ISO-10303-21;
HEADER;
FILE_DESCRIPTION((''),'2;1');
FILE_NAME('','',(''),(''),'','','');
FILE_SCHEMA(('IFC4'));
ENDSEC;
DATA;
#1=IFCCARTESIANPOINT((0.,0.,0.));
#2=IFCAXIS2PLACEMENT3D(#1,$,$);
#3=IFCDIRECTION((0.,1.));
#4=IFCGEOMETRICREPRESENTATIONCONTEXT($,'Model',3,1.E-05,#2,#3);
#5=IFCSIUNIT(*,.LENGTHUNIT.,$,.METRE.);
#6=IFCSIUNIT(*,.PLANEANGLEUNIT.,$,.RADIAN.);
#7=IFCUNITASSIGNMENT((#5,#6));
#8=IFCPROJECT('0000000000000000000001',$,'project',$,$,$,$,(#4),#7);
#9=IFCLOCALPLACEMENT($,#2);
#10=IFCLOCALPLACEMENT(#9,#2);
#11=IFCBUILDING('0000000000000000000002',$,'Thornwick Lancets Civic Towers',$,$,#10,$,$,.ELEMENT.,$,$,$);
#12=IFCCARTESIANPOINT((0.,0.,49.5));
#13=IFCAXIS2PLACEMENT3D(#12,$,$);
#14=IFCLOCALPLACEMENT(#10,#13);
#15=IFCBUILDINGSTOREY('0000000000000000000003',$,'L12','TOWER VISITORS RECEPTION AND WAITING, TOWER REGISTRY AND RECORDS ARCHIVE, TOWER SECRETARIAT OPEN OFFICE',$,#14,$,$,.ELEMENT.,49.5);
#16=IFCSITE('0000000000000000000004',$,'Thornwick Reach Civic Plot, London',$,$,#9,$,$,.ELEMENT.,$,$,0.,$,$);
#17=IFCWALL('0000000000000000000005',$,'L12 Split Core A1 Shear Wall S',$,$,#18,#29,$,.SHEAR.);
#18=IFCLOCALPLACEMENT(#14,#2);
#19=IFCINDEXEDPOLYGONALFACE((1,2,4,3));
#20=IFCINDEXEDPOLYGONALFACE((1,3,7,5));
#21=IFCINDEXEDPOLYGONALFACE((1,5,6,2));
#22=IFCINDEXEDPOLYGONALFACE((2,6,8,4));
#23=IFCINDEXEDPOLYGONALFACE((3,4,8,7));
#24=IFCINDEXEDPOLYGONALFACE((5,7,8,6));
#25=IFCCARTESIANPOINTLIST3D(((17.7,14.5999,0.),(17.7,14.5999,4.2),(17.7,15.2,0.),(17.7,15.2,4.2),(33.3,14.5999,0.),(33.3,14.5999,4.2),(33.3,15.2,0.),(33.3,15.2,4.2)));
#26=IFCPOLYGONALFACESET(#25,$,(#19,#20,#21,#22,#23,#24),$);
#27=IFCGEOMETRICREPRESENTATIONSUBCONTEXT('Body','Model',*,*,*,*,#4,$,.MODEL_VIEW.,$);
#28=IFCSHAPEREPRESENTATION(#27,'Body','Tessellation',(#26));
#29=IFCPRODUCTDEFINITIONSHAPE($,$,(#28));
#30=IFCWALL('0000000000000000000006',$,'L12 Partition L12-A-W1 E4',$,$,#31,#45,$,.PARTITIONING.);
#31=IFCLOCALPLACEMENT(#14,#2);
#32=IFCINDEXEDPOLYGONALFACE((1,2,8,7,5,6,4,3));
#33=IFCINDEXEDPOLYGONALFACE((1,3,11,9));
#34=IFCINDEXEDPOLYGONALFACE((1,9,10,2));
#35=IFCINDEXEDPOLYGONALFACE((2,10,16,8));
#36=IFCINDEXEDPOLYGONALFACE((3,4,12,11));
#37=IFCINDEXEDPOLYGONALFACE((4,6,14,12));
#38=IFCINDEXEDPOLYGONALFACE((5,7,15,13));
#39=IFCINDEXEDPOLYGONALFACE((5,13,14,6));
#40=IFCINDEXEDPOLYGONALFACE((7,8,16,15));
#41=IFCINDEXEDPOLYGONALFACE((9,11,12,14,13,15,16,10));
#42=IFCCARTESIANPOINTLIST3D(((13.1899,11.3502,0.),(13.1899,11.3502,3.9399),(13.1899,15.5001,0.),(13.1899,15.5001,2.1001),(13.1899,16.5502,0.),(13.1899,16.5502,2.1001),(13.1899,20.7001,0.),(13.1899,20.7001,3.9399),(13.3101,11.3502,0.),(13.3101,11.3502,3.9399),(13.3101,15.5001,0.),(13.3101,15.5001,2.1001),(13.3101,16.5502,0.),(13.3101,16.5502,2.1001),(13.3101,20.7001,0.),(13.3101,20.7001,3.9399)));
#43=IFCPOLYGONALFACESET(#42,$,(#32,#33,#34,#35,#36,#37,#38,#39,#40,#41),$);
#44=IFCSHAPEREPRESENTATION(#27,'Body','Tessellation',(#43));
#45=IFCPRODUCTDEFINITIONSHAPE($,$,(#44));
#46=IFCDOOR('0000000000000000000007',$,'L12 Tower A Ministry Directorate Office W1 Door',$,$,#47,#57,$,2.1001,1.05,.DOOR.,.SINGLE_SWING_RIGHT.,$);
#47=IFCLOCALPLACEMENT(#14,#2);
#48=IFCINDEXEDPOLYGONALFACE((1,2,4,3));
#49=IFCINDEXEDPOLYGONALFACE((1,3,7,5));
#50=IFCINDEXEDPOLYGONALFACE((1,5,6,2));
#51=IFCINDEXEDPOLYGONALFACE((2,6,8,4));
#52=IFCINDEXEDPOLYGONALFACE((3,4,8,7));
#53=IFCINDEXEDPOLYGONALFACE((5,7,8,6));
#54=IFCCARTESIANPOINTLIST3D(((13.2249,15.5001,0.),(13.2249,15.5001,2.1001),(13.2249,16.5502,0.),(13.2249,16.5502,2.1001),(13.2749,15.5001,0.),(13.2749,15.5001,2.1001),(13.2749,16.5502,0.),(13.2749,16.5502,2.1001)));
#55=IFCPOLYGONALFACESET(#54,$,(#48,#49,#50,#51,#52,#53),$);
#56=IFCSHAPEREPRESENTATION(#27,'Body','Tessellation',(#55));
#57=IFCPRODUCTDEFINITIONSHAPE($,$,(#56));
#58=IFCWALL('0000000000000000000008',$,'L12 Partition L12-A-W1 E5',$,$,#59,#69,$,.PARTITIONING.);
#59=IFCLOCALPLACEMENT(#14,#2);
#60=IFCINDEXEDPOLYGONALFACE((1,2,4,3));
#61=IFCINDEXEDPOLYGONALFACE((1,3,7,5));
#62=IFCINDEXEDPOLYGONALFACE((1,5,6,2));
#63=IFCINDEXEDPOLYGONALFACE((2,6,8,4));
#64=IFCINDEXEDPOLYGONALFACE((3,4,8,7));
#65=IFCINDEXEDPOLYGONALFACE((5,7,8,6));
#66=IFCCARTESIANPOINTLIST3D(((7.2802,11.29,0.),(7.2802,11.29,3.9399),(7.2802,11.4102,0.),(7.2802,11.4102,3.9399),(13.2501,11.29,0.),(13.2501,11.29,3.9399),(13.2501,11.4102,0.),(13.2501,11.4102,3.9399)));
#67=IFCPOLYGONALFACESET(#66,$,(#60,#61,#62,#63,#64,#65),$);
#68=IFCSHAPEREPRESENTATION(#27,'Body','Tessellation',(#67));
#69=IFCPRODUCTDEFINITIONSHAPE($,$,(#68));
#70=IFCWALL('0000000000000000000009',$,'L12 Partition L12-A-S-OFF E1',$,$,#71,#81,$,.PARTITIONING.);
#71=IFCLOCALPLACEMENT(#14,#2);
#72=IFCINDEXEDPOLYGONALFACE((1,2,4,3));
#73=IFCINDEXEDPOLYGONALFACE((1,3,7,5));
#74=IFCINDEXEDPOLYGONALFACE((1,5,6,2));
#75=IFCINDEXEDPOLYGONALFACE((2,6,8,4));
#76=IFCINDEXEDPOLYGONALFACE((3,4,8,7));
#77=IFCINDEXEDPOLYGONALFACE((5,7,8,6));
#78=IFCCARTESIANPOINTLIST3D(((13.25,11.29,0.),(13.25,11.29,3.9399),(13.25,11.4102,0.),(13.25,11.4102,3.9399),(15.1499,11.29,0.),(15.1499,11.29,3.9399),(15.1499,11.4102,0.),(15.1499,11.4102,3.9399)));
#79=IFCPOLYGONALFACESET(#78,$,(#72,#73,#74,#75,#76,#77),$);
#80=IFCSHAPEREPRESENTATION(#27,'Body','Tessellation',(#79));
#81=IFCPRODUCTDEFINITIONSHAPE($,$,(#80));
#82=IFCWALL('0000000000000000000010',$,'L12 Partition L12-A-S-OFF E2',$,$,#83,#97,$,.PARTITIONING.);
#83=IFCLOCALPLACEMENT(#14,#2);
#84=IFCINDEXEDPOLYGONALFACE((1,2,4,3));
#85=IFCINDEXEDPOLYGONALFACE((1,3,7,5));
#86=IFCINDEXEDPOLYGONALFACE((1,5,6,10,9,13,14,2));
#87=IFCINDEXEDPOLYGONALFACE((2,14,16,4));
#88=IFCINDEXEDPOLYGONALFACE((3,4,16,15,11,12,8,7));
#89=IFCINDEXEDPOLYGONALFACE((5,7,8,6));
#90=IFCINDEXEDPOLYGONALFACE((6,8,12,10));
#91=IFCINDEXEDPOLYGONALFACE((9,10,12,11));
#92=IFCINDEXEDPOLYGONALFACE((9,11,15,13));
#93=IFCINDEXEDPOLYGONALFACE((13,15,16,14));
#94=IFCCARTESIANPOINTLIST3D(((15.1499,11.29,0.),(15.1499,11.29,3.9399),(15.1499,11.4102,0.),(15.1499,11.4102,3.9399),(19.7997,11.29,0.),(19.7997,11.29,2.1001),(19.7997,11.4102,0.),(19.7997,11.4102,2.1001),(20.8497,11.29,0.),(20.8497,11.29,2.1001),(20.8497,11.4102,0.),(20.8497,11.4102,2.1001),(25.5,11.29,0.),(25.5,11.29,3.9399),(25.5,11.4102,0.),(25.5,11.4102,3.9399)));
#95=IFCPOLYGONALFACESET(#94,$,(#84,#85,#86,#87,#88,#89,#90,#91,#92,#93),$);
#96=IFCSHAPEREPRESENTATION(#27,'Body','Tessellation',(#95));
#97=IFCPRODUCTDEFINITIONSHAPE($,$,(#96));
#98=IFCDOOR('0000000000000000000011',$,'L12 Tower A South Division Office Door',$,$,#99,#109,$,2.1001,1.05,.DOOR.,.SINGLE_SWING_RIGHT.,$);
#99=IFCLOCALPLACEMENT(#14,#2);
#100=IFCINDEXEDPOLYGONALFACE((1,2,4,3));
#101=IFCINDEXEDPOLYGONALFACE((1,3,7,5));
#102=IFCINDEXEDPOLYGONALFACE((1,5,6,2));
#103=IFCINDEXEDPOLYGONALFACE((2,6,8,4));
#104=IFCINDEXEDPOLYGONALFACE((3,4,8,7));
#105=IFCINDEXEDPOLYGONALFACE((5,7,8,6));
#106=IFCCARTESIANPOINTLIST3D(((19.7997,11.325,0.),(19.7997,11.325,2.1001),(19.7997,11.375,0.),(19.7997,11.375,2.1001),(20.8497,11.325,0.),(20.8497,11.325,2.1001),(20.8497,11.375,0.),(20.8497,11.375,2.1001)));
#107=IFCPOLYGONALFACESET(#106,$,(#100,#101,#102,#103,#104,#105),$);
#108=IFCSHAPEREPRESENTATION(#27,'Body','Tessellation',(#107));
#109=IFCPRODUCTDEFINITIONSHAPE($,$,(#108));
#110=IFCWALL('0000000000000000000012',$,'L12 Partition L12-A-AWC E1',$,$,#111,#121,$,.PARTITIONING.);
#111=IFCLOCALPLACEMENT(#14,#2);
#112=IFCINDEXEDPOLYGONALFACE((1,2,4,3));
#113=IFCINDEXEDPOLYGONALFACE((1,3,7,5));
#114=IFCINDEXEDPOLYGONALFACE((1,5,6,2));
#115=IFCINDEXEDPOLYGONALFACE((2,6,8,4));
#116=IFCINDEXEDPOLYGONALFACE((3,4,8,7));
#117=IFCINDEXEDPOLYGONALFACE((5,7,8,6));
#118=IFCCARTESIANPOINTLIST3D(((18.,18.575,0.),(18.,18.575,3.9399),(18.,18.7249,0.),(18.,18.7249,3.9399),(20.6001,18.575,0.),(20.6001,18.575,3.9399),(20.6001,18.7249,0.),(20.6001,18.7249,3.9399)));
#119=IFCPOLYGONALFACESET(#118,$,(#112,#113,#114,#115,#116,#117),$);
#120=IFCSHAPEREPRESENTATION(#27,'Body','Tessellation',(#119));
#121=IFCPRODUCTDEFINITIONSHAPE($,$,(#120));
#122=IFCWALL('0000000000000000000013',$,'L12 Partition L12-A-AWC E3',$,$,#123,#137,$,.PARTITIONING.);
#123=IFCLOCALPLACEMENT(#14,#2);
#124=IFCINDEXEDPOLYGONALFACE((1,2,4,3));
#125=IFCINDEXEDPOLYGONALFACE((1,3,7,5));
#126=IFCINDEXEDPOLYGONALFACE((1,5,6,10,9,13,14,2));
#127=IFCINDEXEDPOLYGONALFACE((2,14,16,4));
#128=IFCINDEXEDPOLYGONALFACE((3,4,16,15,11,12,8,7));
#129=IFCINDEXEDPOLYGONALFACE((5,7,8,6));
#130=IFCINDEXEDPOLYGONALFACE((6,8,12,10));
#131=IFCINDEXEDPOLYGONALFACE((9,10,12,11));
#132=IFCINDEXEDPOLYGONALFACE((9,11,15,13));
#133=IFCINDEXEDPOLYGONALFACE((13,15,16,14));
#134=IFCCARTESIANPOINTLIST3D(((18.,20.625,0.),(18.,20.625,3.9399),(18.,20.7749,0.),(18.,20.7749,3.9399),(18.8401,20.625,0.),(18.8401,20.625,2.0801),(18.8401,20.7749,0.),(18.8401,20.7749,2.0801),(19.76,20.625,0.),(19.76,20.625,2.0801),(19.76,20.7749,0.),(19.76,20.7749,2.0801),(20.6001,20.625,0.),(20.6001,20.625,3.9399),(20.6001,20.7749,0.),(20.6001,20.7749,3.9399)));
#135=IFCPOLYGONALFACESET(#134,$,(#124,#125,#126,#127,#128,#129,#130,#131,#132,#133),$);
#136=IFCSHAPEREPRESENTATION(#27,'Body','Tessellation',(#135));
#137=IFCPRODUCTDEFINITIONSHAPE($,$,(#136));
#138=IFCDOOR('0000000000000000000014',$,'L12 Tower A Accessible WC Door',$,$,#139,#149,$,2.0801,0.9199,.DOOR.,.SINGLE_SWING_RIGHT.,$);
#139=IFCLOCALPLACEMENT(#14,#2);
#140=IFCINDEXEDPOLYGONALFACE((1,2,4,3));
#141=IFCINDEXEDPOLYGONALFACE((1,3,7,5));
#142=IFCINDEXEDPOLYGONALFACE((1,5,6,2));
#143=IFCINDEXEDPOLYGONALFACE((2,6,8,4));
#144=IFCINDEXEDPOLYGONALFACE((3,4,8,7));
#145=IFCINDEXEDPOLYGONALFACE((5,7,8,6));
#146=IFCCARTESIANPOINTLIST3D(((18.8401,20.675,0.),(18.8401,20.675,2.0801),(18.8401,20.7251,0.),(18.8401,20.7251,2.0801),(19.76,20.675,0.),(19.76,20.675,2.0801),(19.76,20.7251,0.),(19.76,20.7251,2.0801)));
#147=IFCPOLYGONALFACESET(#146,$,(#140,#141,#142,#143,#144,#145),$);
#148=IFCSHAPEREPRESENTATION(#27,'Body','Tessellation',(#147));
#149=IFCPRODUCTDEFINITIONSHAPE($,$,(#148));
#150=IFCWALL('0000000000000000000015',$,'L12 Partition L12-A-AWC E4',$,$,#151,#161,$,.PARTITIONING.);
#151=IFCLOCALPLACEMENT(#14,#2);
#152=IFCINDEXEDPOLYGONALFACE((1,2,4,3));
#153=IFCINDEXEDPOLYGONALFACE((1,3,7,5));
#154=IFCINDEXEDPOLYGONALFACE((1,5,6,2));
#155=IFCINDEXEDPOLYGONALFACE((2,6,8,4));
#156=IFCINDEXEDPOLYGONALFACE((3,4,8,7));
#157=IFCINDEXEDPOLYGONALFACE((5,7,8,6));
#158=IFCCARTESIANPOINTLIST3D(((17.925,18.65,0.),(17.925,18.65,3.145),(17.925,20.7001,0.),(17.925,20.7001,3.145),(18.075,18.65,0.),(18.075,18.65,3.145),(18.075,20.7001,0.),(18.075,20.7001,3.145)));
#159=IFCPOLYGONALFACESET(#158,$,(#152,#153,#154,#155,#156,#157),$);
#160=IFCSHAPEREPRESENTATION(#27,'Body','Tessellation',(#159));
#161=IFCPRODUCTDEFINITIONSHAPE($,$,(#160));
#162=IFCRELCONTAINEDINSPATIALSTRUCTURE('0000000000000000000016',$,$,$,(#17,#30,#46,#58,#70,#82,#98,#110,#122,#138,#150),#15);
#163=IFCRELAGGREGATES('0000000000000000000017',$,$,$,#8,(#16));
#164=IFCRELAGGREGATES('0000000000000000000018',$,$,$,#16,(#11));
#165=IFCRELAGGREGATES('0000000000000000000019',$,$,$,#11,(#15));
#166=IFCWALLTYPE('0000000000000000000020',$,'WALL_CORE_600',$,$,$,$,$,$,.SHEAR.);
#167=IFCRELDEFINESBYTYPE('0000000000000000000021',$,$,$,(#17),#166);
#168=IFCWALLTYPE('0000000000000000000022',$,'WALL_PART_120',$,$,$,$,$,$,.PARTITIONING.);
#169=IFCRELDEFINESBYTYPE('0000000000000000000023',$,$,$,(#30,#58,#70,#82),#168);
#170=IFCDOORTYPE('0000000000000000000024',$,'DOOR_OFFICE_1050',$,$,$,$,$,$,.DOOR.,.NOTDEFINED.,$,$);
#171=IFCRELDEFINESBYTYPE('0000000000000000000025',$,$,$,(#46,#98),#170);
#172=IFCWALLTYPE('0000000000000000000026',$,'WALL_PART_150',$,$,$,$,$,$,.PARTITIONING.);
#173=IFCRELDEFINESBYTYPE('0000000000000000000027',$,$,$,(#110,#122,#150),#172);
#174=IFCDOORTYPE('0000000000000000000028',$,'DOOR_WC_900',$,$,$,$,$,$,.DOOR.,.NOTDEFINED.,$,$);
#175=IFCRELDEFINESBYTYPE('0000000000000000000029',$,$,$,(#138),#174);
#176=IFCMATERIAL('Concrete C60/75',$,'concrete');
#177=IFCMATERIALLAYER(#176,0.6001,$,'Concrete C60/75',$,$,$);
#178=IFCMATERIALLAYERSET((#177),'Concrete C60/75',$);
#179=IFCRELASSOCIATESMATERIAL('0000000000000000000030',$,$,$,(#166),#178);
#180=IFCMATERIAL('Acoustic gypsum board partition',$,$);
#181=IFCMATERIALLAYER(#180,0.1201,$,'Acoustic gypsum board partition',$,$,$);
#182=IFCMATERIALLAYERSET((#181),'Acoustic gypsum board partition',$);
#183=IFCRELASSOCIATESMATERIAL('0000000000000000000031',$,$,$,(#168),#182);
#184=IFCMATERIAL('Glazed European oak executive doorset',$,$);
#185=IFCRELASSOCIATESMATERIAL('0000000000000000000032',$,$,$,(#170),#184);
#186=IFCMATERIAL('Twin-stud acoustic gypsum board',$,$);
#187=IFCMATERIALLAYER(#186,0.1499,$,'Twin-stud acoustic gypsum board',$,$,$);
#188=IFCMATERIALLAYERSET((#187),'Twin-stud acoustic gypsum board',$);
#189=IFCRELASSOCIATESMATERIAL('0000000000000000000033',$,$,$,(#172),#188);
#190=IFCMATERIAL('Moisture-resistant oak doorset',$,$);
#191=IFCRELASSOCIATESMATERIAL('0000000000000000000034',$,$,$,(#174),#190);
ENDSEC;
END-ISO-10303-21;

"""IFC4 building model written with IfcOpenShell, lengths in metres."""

from ifc_helpers import new_model, si_unit, direction, frame, frame_2d, origin, place, context, subcontext, project, spatial, rectangle, extrude, material, layer, layer_set, type_object, element, fill, save


model = new_model("IFC4")

# Units and contexts
model_context = context("Model", 3, precision=1e-05, world=origin(), true_north=direction((0.0, 1.0)))
body_context = subcontext(model_context, "Body", "Model", "MODEL_VIEW")
ifc_project = project(units=[si_unit("LENGTHUNIT", "METRE"), si_unit("PLANEANGLEUNIT", "RADIAN")], contexts=[model_context])

# Site, building, storey
site_placement = place(None, origin())
site = spatial("IfcSite", under=ifc_project, at=site_placement, Name="Thornwick Reach Civic Plot, London", CompositionType="ELEMENT", RefElevation=0.0)
building_placement = place(site_placement, origin())
building = spatial("IfcBuilding", under=site, at=building_placement, Name="Thornwick Lancets Civic Towers", CompositionType="ELEMENT")
storey_placement = place(building_placement, frame((0.0, 0.0, 49.5)))
storey = spatial("IfcBuildingStorey", under=building, at=storey_placement, Name="L12", Description="TOWER VISITORS RECEPTION AND WAITING, TOWER REGISTRY AND RECORDS ARCHIVE, TOWER SECRETARIAT OPEN OFFICE", CompositionType="ELEMENT", Elevation=49.5)

# Shared definitions
ifc_material_1 = material(Name="Concrete C60/75", Category="concrete")

# Wall
ifc_layer_1 = layer(ifc_material_1, 0.6001, Name="Concrete C60/75")
ifc_layer_set_1 = layer_set([ifc_layer_1], Name="Concrete C60/75")
wall_type_1 = type_object("IfcWallType", Name="WALL_CORE_600", PredefinedType="SHEAR", material=ifc_layer_set_1)
wall_1_placement = place(storey_placement, frame((17.7, 14.8999, 0.0), z_axis=(0.0, 0.0, 1.0), x_axis=(1.0, 0.0, 0.0)))
element("IfcWall", 1, at=wall_1_placement, inside=storey, type_object=wall_type_1, Name="L12 Split Core A1 Shear Wall S", PredefinedType="SHEAR", context=body_context, shape_type="SweptSolid", body=[
    extrude(rectangle(XDim=15.6001, YDim=0.6001, at=frame_2d((7.8, 0.0))), origin(), (0.0, 0.0, 1.0), 4.2),
])

# Wall, opening, door
ifc_material_2 = material(Name="Acoustic gypsum board partition")
ifc_layer_2 = layer(ifc_material_2, 0.1201, Name="Acoustic gypsum board partition")
ifc_layer_set_2 = layer_set([ifc_layer_2], Name="Acoustic gypsum board partition")
wall_type_2 = type_object("IfcWallType", Name="WALL_PART_120", PredefinedType="PARTITIONING", material=ifc_layer_set_2)
wall_2_placement = place(storey_placement, frame((13.25, 20.7, 0.0), z_axis=(0.0, 0.0, 1.0), x_axis=(0.0, -1.0, 0.0)))
wall_2 = element("IfcWall", 2, at=wall_2_placement, inside=storey, type_object=wall_type_2, Name="L12 Partition L12-A-W1 E4", PredefinedType="PARTITIONING", context=body_context, shape_type="SweptSolid", body=[
    extrude(rectangle(XDim=9.3499, YDim=0.1201, at=frame_2d((4.6748, 0.0))), origin(), (0.0, 0.0, 1.0), 3.9399),
])
opening_1_placement = place(wall_2_placement, frame((4.1499, 0.0, 0.0)))
opening_1 = element("IfcOpeningElement", 3, at=opening_1_placement, cuts=wall_2, PredefinedType="OPENING", context=body_context, shape_type="SweptSolid", body=[
    extrude(rectangle(XDim=1.05, YDim=2.1001, at=frame_2d((0.5249, 1.05))), frame((0.0, 0.0701, 0.0), z_axis=(0.0, -1.0, 0.0), x_axis=(1.0, 0.0, 0.0)), (0.0, 0.0, 1.0), 0.1401),
])
ifc_material_3 = material(Name="Glazed European oak executive doorset")
door_type_1 = type_object("IfcDoorType", Name="DOOR_OFFICE_1050", OperationType="NOTDEFINED", PredefinedType="DOOR", material=ifc_material_3)
door_1_placement = place(opening_1_placement, origin())
door_1 = element("IfcDoor", 4, at=door_1_placement, inside=storey, type_object=door_type_1, Name="L12 Tower A Ministry Directorate Office W1 Door", OperationType="SINGLE_SWING_RIGHT", OverallHeight=2.1001, OverallWidth=1.05, PredefinedType="DOOR", context=body_context, shape_type="SweptSolid", body=[
    extrude(rectangle(XDim=1.05, YDim=2.1001, at=frame_2d((0.5249, 1.05))), frame((0.0, 0.0249, 0.0), z_axis=(0.0, -1.0, 0.0), x_axis=(1.0, 0.0, 0.0)), (0.0, 0.0, 1.0), 0.05),
])
fill(opening_1, door_1)

# Walls
wall_3_placement = place(storey_placement, frame((13.25, 11.3501, 0.0), z_axis=(0.0, 0.0, 1.0), x_axis=(-1.0, 0.0, 0.0)))
element("IfcWall", 5, at=wall_3_placement, inside=storey, type_object=wall_type_2, Name="L12 Partition L12-A-W1 E5", PredefinedType="PARTITIONING", context=body_context, shape_type="SweptSolid", body=[
    extrude(rectangle(XDim=5.97, YDim=0.1201, at=frame_2d((2.9849, 0.0))), origin(), (0.0, 0.0, 1.0), 3.9399),
])
wall_4_placement = place(storey_placement, frame((13.25, 11.3501, 0.0), z_axis=(0.0, 0.0, 1.0), x_axis=(1.0, 0.0, 0.0)))
element("IfcWall", 6, at=wall_4_placement, inside=storey, type_object=wall_type_2, Name="L12 Partition L12-A-S-OFF E1", PredefinedType="PARTITIONING", context=body_context, shape_type="SweptSolid", body=[
    extrude(rectangle(XDim=1.8999, YDim=0.1201, at=frame_2d((0.95, 0.0))), origin(), (0.0, 0.0, 1.0), 3.9399),
])

# Wall, opening, door
wall_5_placement = place(storey_placement, frame((15.1499, 11.3501, 0.0), z_axis=(0.0, 0.0, 1.0), x_axis=(1.0, 0.0, 0.0)))
wall_5 = element("IfcWall", 7, at=wall_5_placement, inside=storey, type_object=wall_type_2, Name="L12 Partition L12-A-S-OFF E2", PredefinedType="PARTITIONING", context=body_context, shape_type="SweptSolid", body=[
    extrude(rectangle(XDim=10.3501, YDim=0.1201, at=frame_2d((5.175, 0.0))), origin(), (0.0, 0.0, 1.0), 3.9399),
])
opening_2_placement = place(wall_5_placement, frame((4.6499, 0.0, 0.0)))
opening_2 = element("IfcOpeningElement", 8, at=opening_2_placement, cuts=wall_5, PredefinedType="OPENING", context=body_context, shape_type="SweptSolid", body=[
    extrude(rectangle(XDim=1.05, YDim=2.1001, at=frame_2d((0.5249, 1.05))), frame((0.0, 0.0701, 0.0), z_axis=(0.0, -1.0, 0.0), x_axis=(1.0, 0.0, 0.0)), (0.0, 0.0, 1.0), 0.1401),
])
door_2_placement = place(opening_2_placement, origin())
door_2 = element("IfcDoor", 9, at=door_2_placement, inside=storey, type_object=door_type_1, Name="L12 Tower A South Division Office Door", OperationType="SINGLE_SWING_RIGHT", OverallHeight=2.1001, OverallWidth=1.05, PredefinedType="DOOR", context=body_context, shape_type="SweptSolid", body=[
    extrude(rectangle(XDim=1.05, YDim=2.1001, at=frame_2d((0.5249, 1.05))), frame((0.0, 0.0249, 0.0), z_axis=(0.0, -1.0, 0.0), x_axis=(1.0, 0.0, 0.0)), (0.0, 0.0, 1.0), 0.05),
])
fill(opening_2, door_2)

# Wall
ifc_material_4 = material(Name="Twin-stud acoustic gypsum board")
ifc_layer_3 = layer(ifc_material_4, 0.1499, Name="Twin-stud acoustic gypsum board")
ifc_layer_set_3 = layer_set([ifc_layer_3], Name="Twin-stud acoustic gypsum board")
wall_type_3 = type_object("IfcWallType", Name="WALL_PART_150", PredefinedType="PARTITIONING", material=ifc_layer_set_3)
wall_6_placement = place(storey_placement, frame((18.0, 18.6499, 0.0), z_axis=(0.0, 0.0, 1.0), x_axis=(1.0, 0.0, 0.0)))
element("IfcWall", 10, at=wall_6_placement, inside=storey, type_object=wall_type_3, Name="L12 Partition L12-A-AWC E1", PredefinedType="PARTITIONING", context=body_context, shape_type="SweptSolid", body=[
    extrude(rectangle(XDim=2.6001, YDim=0.1499, at=frame_2d((1.3, 0.0))), origin(), (0.0, 0.0, 1.0), 3.9399),
])

# Wall, opening, door
wall_7_placement = place(storey_placement, frame((20.6001, 20.7, 0.0), z_axis=(0.0, 0.0, 1.0), x_axis=(-1.0, 0.0, 0.0)))
wall_7 = element("IfcWall", 11, at=wall_7_placement, inside=storey, type_object=wall_type_3, Name="L12 Partition L12-A-AWC E3", PredefinedType="PARTITIONING", context=body_context, shape_type="SweptSolid", body=[
    extrude(rectangle(XDim=2.6001, YDim=0.1499, at=frame_2d((1.3, 0.0))), origin(), (0.0, 0.0, 1.0), 3.9399),
])
opening_3_placement = place(wall_7_placement, frame((0.8401, 0.0, 0.0)))
opening_3 = element("IfcOpeningElement", 12, at=opening_3_placement, cuts=wall_7, PredefinedType="OPENING", context=body_context, shape_type="SweptSolid", body=[
    extrude(rectangle(XDim=0.9199, YDim=2.0801, at=frame_2d((0.46, 1.04))), frame((0.0, 0.085, 0.0), z_axis=(0.0, -1.0, 0.0), x_axis=(1.0, 0.0, 0.0)), (0.0, 0.0, 1.0), 0.1699),
])
ifc_material_5 = material(Name="Moisture-resistant oak doorset")
door_type_2 = type_object("IfcDoorType", Name="DOOR_WC_900", OperationType="NOTDEFINED", PredefinedType="DOOR", material=ifc_material_5)
door_3_placement = place(opening_3_placement, origin())
door_3 = element("IfcDoor", 13, at=door_3_placement, inside=storey, type_object=door_type_2, Name="L12 Tower A Accessible WC Door", OperationType="SINGLE_SWING_RIGHT", OverallHeight=2.0801, OverallWidth=0.9199, PredefinedType="DOOR", context=body_context, shape_type="SweptSolid", body=[
    extrude(rectangle(XDim=0.9199, YDim=2.0801, at=frame_2d((0.46, 1.04))), frame((0.0, 0.0249, 0.0), z_axis=(0.0, -1.0, 0.0), x_axis=(1.0, 0.0, 0.0)), (0.0, 0.0, 1.0), 0.05),
])
fill(opening_3, door_3)

# Wall
wall_8_placement = place(storey_placement, frame((18.0, 20.7, 0.0), z_axis=(0.0, 0.0, 1.0), x_axis=(0.0, -1.0, 0.0)))
element("IfcWall", 14, at=wall_8_placement, inside=storey, type_object=wall_type_3, Name="L12 Partition L12-A-AWC E4", PredefinedType="PARTITIONING", context=body_context, shape_type="SweptSolid", body=[
    extrude(rectangle(XDim=2.05, YDim=0.1499, at=frame_2d((1.0249, 0.0))), origin(), (0.0, 0.0, 1.0), 3.145),
])

save(model, "model.ifc")
